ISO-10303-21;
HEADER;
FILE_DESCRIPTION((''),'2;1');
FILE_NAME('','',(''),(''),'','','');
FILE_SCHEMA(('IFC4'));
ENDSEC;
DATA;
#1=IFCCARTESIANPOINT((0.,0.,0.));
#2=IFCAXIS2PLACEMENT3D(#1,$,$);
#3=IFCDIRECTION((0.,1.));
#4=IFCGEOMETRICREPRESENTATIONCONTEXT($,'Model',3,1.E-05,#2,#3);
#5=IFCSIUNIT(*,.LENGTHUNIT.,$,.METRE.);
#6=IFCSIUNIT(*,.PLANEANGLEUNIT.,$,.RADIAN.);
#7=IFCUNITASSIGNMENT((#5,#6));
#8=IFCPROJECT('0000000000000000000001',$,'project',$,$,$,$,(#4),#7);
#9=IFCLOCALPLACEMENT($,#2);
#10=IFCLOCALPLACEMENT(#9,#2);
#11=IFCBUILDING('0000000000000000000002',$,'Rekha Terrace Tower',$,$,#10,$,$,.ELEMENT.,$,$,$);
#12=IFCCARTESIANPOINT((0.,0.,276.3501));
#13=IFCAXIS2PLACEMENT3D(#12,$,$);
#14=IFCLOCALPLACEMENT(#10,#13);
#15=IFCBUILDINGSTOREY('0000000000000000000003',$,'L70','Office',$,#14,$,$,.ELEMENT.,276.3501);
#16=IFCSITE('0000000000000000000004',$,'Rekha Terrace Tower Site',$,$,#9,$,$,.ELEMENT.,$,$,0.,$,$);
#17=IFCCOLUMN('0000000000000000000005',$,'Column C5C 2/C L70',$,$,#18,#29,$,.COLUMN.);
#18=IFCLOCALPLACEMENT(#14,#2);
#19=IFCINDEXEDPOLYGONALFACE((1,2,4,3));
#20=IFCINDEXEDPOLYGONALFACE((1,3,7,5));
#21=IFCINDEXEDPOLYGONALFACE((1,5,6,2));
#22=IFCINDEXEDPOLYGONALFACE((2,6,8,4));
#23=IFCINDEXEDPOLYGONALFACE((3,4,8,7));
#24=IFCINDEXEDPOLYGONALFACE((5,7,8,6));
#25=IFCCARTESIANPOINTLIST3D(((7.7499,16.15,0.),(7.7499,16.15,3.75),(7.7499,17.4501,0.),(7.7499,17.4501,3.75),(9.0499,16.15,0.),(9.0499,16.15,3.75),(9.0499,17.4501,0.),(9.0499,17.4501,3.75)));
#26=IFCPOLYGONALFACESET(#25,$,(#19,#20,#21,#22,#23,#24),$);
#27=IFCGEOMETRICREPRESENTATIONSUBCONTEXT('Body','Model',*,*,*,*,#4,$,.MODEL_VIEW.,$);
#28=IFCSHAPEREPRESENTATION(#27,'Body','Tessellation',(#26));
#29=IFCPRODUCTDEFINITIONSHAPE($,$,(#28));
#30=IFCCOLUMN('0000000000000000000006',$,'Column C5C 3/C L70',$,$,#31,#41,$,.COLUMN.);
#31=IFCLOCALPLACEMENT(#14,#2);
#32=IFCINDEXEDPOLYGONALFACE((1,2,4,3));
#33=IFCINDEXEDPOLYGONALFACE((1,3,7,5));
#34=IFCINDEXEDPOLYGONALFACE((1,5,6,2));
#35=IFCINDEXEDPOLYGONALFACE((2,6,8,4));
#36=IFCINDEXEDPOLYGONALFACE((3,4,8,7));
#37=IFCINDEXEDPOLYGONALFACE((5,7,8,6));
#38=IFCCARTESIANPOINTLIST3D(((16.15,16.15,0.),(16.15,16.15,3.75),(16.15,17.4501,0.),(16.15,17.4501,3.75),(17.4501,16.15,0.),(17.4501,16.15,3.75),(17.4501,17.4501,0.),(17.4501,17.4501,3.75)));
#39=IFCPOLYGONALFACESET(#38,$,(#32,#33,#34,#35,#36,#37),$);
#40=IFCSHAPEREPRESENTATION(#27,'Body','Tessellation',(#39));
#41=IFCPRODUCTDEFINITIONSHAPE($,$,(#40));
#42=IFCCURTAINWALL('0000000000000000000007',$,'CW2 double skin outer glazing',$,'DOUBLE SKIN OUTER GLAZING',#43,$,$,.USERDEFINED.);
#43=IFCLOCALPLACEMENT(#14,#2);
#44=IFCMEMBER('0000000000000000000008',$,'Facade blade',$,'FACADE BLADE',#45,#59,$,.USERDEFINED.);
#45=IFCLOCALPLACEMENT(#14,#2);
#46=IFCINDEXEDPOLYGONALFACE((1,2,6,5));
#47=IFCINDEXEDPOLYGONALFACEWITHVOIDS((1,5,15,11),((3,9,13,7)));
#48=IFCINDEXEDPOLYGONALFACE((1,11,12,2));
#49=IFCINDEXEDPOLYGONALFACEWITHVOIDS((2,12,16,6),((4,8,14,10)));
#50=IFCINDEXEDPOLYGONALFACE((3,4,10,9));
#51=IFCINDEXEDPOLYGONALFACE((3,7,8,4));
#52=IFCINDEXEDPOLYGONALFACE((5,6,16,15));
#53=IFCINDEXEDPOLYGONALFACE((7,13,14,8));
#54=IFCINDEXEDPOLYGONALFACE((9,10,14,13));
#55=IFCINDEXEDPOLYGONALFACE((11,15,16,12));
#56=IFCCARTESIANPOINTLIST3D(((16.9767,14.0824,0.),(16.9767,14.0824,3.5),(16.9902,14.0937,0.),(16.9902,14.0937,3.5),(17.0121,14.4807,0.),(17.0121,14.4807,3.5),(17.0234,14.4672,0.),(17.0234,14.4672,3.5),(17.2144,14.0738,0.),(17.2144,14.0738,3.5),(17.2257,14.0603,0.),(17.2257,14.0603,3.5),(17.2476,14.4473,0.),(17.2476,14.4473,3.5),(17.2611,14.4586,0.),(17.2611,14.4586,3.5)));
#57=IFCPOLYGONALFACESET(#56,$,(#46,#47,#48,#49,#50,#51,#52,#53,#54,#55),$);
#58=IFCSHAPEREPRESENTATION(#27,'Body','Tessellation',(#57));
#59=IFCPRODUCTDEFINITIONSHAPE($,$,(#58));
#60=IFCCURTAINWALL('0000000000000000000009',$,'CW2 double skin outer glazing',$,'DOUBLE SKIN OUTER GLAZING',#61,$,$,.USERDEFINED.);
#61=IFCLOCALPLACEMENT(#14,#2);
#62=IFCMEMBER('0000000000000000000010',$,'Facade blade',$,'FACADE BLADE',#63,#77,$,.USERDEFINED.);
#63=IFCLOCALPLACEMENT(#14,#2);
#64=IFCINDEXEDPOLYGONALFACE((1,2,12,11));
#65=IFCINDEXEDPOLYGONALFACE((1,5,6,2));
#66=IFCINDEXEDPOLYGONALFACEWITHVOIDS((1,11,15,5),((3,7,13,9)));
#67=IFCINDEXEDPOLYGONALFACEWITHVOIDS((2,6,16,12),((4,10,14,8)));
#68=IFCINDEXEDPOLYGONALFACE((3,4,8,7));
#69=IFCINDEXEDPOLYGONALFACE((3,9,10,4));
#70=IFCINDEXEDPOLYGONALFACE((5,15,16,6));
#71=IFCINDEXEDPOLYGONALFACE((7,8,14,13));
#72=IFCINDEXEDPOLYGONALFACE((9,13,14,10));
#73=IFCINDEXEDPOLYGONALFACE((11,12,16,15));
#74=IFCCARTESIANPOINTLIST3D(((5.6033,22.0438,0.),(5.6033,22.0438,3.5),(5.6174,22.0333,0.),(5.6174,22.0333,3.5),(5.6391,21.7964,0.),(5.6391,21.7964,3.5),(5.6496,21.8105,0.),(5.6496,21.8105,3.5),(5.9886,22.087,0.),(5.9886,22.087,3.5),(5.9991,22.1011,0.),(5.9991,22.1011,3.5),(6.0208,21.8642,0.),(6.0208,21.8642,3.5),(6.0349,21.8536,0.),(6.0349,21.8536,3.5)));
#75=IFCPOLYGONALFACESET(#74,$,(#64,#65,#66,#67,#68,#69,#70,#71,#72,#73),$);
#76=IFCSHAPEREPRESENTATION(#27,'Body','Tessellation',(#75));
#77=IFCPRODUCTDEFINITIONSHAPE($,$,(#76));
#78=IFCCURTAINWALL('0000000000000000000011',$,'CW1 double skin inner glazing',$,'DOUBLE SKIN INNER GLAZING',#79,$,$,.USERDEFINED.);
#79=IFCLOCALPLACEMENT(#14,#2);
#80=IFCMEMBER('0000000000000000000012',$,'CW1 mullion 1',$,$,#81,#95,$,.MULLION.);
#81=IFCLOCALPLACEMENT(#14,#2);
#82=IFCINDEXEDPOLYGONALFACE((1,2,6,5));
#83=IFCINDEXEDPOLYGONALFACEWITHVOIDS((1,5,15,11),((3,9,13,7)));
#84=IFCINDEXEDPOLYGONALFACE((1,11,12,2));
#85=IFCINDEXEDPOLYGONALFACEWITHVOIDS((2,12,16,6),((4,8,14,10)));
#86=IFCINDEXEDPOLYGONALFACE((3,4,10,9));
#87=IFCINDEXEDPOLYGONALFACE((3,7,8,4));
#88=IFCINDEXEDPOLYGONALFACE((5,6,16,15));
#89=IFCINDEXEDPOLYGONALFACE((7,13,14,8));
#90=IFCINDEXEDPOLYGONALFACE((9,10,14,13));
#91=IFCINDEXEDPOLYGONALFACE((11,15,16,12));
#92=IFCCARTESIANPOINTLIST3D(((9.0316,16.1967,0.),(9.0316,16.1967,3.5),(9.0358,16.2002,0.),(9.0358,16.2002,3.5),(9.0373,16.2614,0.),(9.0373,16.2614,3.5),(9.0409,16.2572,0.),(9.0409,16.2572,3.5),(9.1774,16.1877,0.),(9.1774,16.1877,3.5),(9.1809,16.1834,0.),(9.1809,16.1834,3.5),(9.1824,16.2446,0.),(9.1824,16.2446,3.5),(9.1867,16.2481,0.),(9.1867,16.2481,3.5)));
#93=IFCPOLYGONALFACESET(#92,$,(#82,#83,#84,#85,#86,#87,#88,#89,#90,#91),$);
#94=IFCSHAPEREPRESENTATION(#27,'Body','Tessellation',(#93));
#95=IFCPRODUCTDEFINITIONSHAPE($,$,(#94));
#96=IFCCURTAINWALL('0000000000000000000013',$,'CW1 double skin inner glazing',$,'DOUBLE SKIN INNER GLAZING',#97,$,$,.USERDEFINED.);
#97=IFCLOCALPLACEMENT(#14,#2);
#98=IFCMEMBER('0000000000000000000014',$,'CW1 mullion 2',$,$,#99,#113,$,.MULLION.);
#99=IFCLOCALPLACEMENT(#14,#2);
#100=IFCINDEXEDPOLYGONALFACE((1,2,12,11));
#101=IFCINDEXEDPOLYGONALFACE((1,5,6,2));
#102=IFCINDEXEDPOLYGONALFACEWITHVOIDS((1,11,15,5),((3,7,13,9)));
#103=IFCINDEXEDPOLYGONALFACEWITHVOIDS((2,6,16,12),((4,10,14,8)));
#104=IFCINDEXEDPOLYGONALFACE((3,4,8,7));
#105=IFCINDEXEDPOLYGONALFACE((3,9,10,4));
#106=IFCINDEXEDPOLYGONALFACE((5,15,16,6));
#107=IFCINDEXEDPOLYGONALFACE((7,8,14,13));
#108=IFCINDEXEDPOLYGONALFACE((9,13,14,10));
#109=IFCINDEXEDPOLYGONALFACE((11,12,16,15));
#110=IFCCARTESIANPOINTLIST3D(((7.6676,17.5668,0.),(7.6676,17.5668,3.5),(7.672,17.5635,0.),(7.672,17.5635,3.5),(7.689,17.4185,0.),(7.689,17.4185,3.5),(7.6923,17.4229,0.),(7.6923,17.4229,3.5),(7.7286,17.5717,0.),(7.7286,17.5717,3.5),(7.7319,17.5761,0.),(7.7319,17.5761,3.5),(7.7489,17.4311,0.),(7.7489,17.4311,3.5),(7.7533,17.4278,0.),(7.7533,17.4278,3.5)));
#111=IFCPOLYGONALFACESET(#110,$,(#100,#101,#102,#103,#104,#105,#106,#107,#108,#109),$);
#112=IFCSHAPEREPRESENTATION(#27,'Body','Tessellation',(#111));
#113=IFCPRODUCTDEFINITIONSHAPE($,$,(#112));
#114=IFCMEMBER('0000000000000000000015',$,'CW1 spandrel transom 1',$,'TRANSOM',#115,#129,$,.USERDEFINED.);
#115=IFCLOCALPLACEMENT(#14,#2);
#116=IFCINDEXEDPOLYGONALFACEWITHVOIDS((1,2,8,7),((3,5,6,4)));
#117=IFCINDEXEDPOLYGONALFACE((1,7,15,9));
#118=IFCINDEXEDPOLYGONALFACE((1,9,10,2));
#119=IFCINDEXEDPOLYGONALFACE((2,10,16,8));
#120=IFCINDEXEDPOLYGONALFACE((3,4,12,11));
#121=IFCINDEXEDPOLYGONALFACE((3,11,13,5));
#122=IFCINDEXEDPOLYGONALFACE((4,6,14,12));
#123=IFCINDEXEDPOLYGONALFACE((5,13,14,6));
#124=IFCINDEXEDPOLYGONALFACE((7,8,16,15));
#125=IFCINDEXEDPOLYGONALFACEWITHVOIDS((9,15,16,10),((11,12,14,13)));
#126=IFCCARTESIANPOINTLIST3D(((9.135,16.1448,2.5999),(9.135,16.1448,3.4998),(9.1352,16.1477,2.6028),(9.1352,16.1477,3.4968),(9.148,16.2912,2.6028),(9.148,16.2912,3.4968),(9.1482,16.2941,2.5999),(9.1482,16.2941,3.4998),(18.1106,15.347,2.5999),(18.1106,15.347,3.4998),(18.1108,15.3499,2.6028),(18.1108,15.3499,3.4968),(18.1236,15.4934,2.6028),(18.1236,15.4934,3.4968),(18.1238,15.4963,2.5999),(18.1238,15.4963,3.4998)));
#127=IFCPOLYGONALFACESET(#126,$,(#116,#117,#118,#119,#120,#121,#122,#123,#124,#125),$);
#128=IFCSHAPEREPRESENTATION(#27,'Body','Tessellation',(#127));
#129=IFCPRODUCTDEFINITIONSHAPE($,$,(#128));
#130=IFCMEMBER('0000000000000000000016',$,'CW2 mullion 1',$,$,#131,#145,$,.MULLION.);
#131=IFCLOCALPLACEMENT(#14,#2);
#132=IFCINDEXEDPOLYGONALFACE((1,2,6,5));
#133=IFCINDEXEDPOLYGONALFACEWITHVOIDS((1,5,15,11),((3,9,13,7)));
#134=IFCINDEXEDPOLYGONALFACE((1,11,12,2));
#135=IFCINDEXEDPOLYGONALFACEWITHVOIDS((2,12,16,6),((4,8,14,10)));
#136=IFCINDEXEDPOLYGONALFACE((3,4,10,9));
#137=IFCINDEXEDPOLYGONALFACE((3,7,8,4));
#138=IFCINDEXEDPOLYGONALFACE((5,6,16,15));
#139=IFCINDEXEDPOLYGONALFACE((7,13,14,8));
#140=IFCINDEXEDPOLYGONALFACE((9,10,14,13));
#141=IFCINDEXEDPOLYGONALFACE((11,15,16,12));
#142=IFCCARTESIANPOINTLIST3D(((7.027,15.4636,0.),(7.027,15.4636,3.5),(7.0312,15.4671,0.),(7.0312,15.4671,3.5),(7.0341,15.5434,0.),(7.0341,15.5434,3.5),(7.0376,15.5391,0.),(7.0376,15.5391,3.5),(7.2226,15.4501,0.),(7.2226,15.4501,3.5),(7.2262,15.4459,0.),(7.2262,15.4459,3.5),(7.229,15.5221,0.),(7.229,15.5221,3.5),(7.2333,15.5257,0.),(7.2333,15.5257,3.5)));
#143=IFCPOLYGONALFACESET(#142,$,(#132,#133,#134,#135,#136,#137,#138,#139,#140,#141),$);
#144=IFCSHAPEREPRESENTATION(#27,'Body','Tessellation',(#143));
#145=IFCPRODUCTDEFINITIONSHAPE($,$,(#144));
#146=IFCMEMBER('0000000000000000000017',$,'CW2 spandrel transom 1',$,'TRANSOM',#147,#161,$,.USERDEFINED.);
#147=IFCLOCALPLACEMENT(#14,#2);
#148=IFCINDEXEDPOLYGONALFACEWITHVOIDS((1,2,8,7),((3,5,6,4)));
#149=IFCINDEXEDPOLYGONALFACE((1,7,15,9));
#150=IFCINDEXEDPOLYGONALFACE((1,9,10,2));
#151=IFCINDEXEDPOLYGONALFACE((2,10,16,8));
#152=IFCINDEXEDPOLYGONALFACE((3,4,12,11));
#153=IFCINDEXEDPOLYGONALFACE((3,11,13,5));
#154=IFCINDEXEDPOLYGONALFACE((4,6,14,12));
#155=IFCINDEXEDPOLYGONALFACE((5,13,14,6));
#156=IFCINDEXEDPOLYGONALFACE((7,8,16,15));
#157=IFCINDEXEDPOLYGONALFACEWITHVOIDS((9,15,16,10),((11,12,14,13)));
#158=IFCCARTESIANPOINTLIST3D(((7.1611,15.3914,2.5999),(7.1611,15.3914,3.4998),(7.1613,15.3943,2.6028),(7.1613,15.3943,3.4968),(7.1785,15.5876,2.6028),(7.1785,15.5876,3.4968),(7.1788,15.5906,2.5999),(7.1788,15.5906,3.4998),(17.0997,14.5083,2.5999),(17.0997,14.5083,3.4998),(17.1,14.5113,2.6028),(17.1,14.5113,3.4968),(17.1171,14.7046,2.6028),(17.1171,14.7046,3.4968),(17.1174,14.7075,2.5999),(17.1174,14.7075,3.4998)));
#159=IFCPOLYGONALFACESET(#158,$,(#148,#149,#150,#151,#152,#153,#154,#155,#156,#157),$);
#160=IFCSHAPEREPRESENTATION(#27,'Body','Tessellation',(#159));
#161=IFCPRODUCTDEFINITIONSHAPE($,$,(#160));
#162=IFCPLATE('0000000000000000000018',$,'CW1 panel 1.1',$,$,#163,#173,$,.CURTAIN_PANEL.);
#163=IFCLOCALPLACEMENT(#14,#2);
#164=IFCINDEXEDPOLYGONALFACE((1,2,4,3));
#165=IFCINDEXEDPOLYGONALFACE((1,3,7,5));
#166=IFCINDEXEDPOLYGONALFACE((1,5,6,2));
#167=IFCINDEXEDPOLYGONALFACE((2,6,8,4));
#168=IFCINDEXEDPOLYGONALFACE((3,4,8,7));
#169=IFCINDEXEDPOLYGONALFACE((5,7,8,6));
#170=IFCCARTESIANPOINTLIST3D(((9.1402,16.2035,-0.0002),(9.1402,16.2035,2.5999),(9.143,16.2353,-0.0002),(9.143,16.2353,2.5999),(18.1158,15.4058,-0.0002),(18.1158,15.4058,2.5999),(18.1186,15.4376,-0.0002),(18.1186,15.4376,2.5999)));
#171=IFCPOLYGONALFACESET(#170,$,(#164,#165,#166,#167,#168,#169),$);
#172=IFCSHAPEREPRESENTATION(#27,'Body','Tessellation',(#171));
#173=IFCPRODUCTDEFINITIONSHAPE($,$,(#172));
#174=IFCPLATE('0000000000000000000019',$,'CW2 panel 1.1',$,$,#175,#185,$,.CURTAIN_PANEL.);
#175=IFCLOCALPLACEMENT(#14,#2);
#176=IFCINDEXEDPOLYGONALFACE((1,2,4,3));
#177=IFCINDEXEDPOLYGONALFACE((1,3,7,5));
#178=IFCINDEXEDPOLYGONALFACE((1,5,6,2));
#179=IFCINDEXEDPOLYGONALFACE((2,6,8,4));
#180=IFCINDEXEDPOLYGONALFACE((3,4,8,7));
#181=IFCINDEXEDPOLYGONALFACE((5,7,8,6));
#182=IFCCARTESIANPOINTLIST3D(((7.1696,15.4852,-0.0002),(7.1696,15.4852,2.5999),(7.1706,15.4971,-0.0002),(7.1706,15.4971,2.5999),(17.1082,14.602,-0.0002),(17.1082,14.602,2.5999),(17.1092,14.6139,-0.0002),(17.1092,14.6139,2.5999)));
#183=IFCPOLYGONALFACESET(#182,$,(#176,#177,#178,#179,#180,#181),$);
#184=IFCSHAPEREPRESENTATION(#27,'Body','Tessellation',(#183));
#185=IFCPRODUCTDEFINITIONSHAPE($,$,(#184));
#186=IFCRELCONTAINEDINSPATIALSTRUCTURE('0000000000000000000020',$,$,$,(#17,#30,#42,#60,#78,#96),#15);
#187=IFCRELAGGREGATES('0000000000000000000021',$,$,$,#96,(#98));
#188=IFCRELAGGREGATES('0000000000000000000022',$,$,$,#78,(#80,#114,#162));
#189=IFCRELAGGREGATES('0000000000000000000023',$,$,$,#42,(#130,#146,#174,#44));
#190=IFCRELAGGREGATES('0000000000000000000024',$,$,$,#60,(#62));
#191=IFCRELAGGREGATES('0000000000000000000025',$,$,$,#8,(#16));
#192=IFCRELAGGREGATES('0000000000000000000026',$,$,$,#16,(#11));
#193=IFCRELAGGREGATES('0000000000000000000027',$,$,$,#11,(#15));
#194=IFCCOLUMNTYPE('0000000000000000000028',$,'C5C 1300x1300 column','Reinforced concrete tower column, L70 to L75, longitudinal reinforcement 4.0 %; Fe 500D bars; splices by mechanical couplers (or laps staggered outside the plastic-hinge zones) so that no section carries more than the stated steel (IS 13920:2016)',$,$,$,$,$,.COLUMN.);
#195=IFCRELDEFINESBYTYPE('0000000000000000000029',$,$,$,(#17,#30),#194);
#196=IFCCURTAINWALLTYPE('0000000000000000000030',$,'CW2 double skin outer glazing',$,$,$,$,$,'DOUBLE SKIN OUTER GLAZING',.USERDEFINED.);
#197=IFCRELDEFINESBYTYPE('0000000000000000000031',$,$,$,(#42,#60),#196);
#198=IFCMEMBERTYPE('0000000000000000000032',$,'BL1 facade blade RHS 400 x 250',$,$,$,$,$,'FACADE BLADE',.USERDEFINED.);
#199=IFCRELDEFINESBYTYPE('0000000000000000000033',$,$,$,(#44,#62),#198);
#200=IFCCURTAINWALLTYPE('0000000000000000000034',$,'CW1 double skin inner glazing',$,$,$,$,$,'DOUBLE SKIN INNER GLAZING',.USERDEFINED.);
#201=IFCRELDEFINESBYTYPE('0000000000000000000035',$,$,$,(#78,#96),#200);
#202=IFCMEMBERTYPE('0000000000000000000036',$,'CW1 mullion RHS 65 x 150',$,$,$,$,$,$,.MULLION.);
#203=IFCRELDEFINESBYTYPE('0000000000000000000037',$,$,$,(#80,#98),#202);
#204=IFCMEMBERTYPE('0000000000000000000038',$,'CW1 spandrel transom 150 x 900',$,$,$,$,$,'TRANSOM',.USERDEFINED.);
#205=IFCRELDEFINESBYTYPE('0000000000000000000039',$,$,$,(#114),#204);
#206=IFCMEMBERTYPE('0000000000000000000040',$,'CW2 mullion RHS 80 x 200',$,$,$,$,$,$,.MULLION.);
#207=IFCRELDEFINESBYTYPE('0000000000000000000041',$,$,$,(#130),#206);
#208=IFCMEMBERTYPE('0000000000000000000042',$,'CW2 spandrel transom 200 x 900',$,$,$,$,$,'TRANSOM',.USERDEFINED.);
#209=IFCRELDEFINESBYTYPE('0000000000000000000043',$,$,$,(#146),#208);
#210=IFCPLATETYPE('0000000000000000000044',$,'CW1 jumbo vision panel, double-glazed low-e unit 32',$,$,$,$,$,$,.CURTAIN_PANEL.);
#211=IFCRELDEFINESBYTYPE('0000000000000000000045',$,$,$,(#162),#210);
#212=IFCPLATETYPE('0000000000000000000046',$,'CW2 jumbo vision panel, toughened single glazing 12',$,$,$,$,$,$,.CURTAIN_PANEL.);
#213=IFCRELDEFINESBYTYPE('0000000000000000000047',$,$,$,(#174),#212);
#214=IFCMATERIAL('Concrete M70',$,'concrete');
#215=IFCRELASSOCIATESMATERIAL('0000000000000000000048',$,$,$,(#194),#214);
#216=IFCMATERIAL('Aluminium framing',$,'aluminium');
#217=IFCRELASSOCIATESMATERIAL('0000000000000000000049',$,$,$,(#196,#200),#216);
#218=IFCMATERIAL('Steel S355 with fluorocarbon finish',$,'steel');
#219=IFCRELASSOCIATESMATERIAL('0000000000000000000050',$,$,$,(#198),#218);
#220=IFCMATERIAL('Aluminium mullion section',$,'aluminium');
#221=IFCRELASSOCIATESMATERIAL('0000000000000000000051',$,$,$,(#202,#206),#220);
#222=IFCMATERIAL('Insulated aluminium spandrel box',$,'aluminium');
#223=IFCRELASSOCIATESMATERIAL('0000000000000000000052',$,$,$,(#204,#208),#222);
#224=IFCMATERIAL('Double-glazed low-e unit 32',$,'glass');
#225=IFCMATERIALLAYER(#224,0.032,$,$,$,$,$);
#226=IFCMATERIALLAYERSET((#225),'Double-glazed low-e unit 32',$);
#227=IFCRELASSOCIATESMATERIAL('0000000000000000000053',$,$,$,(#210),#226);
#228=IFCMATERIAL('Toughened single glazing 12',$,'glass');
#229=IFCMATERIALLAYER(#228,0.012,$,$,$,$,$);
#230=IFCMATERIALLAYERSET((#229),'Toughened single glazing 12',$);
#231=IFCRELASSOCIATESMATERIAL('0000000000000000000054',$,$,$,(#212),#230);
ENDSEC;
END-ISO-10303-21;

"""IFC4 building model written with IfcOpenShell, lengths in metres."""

from ifc_helpers import new_model, si_unit, direction, frame, origin, origin_2d, place, context, subcontext, project, spatial, rectangle, hollow_rectangle, extrude, material, layer, layer_set, material_profile, profile_set, type_object, element, aggregate, save


model = new_model("IFC4")

# Units and contexts
model_context = context("Model", 3, precision=1e-05, world=origin(), true_north=direction((0.0, 1.0)))
body_context = subcontext(model_context, "Body", "Model", "MODEL_VIEW")
ifc_project = project(units=[si_unit("LENGTHUNIT", "METRE"), si_unit("PLANEANGLEUNIT", "RADIAN")], contexts=[model_context])

# Site, building, storey
site_placement = place(None, origin())
site = spatial("IfcSite", under=ifc_project, at=site_placement, Name="Rekha Terrace Tower Site", CompositionType="ELEMENT", RefElevation=0.0)
building_placement = place(site_placement, origin())
building = spatial("IfcBuilding", under=site, at=building_placement, Name="Rekha Terrace Tower", CompositionType="ELEMENT")
storey_placement = place(building_placement, frame((0.0, 0.0, 276.3501)))
storey = spatial("IfcBuildingStorey", under=building, at=storey_placement, Name="L70", Description="Office", CompositionType="ELEMENT", Elevation=276.3501)

# Columns
ifc_material_1 = material(Name="Concrete M70", Category="concrete")
ifc_material_profile_1 = material_profile(ifc_material_1, rectangle(XDim=1.3, YDim=1.3, at=origin_2d()), Name="RC 1300x1300")
ifc_profile_set_1 = profile_set([ifc_material_profile_1], Name="Concrete M70")
column_type = type_object("IfcColumnType", Name="C5C 1300x1300 column", Description="Reinforced concrete tower column, L70 to L75, longitudinal reinforcement 4.0 %; Fe 500D bars; splices by mechanical couplers (or laps staggered outside the plastic-hinge zones) so that no section carries more than the stated steel (IS 13920:2016)", PredefinedType="COLUMN", material=ifc_profile_set_1)
for number, where, z_axis, x_axis, name in (
    (1, (8.3999, 16.8, 0.0), (0.0, 0.0, 1.0), (1.0, 0.0, 0.0), "Column C5C 2/C L70"),
    (2, (16.8, 16.8, 0.0), (0.0, 0.0, 1.0), (1.0, 0.0, 0.0), "Column C5C 3/C L70"),
):
    element("IfcColumn", number, at=place(storey_placement, frame(where, z_axis=z_axis, x_axis=x_axis)), inside=storey, type_object=column_type, Name=name, PredefinedType="COLUMN", context=body_context, shape_type="SweptSolid", body=[
        extrude(rectangle(XDim=1.3, YDim=1.3, at=origin_2d()), origin(), (0.0, 0.0, 1.0), 3.75),
    ])

# Curtain walls, members
ifc_material_2 = material(Name="Aluminium framing", Category="aluminium")
curtain_wall_type_1 = type_object("IfcCurtainWallType", Name="CW2 double skin outer glazing", ElementType="DOUBLE SKIN OUTER GLAZING", PredefinedType="USERDEFINED", material=ifc_material_2)
curtain_wall_1_placement = place(storey_placement, origin())
curtain_wall_1 = element("IfcCurtainWall", 3, at=curtain_wall_1_placement, inside=storey, type_object=curtain_wall_type_1, Name="CW2 double skin outer glazing", ObjectType="DOUBLE SKIN OUTER GLAZING", PredefinedType="USERDEFINED")
ifc_material_3 = material(Name="Steel S355 with fluorocarbon finish", Category="steel")
ifc_material_profile_2 = material_profile(ifc_material_3, hollow_rectangle(XDim=0.25, YDim=0.3999, WallThickness=0.0125, at=origin_2d()), Name="RHS400x250x12.5")
ifc_profile_set_2 = profile_set([ifc_material_profile_2], Name="Steel S355 with fluorocarbon finish")
member_type_1 = type_object("IfcMemberType", Name="BL1 facade blade RHS 400 x 250", ElementType="FACADE BLADE", PredefinedType="USERDEFINED", material=ifc_profile_set_2)
member_1_placement = place(storey_placement, frame((17.1189, 14.2705, 0.0), z_axis=(0.0, 0.0, 1.0), x_axis=(0.996074, -0.088522, 0.0)))
member_1 = element("IfcMember", 4, at=member_1_placement, type_object=member_type_1, Name="Facade blade", ObjectType="FACADE BLADE", PredefinedType="USERDEFINED", context=body_context, shape_type="SweptSolid", body=[
    extrude(hollow_rectangle(XDim=0.25, YDim=0.3999, WallThickness=0.0125, at=origin_2d()), origin(), (0.0, 0.0, 1.0), 3.5),
])
curtain_wall_2_placement = place(storey_placement, origin())
curtain_wall_2 = element("IfcCurtainWall", 5, at=curtain_wall_2_placement, inside=storey, type_object=curtain_wall_type_1, Name="CW2 double skin outer glazing", ObjectType="DOUBLE SKIN OUTER GLAZING", PredefinedType="USERDEFINED")
member_2_placement = place(storey_placement, frame((5.8191, 21.9487, 0.0), z_axis=(0.0, 0.0, 1.0), x_axis=(0.143109, -0.989707, 0.0)))
member_2 = element("IfcMember", 6, at=member_2_placement, type_object=member_type_1, Name="Facade blade", ObjectType="FACADE BLADE", PredefinedType="USERDEFINED", context=body_context, shape_type="SweptSolid", body=[
    extrude(hollow_rectangle(XDim=0.25, YDim=0.3999, WallThickness=0.0125, at=origin_2d()), origin(), (0.0, 0.0, 1.0), 3.5),
])
curtain_wall_type_2 = type_object("IfcCurtainWallType", Name="CW1 double skin inner glazing", ElementType="DOUBLE SKIN INNER GLAZING", PredefinedType="USERDEFINED", material=ifc_material_2)
curtain_wall_3_placement = place(storey_placement, origin())
curtain_wall_3 = element("IfcCurtainWall", 7, at=curtain_wall_3_placement, inside=storey, type_object=curtain_wall_type_2, Name="CW1 double skin inner glazing", ObjectType="DOUBLE SKIN INNER GLAZING", PredefinedType="USERDEFINED")
ifc_material_4 = material(Name="Aluminium mullion section", Category="aluminium")
ifc_material_profile_3 = material_profile(ifc_material_4, hollow_rectangle(XDim=0.0649, YDim=0.1499, WallThickness=0.0039, at=origin_2d()), Name="AL RHS 65x150")
ifc_profile_set_3 = profile_set([ifc_material_profile_3], Name="Aluminium mullion section")
member_type_2 = type_object("IfcMemberType", Name="CW1 mullion RHS 65 x 150", PredefinedType="MULLION", material=ifc_profile_set_3)
member_3_placement = place(storey_placement, frame((9.1091, 16.2224, 0.0), z_axis=(0.0, 0.0, 1.0), x_axis=(0.088522, 0.996074, 0.0)))
member_3 = element("IfcMember", 8, at=member_3_placement, type_object=member_type_2, Name="CW1 mullion 1", PredefinedType="MULLION", context=body_context, shape_type="SweptSolid", body=[
    extrude(hollow_rectangle(XDim=0.0649, YDim=0.1499, WallThickness=0.0039, at=origin_2d()), origin(), (0.0, 0.0, 1.0), 3.5),
])
curtain_wall_4_placement = place(storey_placement, origin())
curtain_wall_4 = element("IfcCurtainWall", 9, at=curtain_wall_4_placement, inside=storey, type_object=curtain_wall_type_2, Name="CW1 double skin inner glazing", ObjectType="DOUBLE SKIN INNER GLAZING", PredefinedType="USERDEFINED")
member_4_placement = place(storey_placement, frame((7.7104, 17.4973, 0.0), z_axis=(0.0, 0.0, 1.0), x_axis=(0.989707, 0.143108, 0.0)))
member_4 = element("IfcMember", 10, at=member_4_placement, type_object=member_type_2, Name="CW1 mullion 2", PredefinedType="MULLION", context=body_context, shape_type="SweptSolid", body=[
    extrude(hollow_rectangle(XDim=0.0649, YDim=0.1499, WallThickness=0.0039, at=origin_2d()), origin(), (0.0, 0.0, 1.0), 3.5),
])
aggregate(curtain_wall_4, [member_4])

# Members
ifc_material_5 = material(Name="Insulated aluminium spandrel box", Category="aluminium")
ifc_material_profile_4 = material_profile(ifc_material_5, hollow_rectangle(XDim=0.1499, YDim=0.8999, WallThickness=0.0029, at=origin_2d()), Name="AL SPANDREL BOX 150x900")
ifc_profile_set_4 = profile_set([ifc_material_profile_4], Name="Insulated aluminium spandrel box")
member_type_3 = type_object("IfcMemberType", Name="CW1 spandrel transom 150 x 900", ElementType="TRANSOM", PredefinedType="USERDEFINED", material=ifc_profile_set_4)
member_5_placement = place(storey_placement, frame((9.1416, 16.2195, 3.0498), z_axis=(0.996072, -0.088542, 0.0), x_axis=(0.088542, 0.996072, 0.0)))
member_5 = element("IfcMember", 11, at=member_5_placement, type_object=member_type_3, Name="CW1 spandrel transom 1", ObjectType="TRANSOM", PredefinedType="USERDEFINED", context=body_context, shape_type="SweptSolid", body=[
    extrude(hollow_rectangle(XDim=0.1499, YDim=0.8999, WallThickness=0.0029, at=origin_2d()), origin(), (0.0, 0.0, 1.0), 9.011),
])
ifc_material_profile_5 = material_profile(ifc_material_4, hollow_rectangle(XDim=0.0801, YDim=0.2, WallThickness=0.0039, at=origin_2d()), Name="AL RHS 80x200")
ifc_profile_set_5 = profile_set([ifc_material_profile_5], Name="Aluminium mullion section")
member_type_4 = type_object("IfcMemberType", Name="CW2 mullion RHS 80 x 200", PredefinedType="MULLION", material=ifc_profile_set_5)
member_6_placement = place(storey_placement, frame((7.1301, 15.4946, 0.0), z_axis=(0.0, 0.0, 1.0), x_axis=(0.088522, 0.996074, 0.0)))
member_6 = element("IfcMember", 12, at=member_6_placement, type_object=member_type_4, Name="CW2 mullion 1", PredefinedType="MULLION", context=body_context, shape_type="SweptSolid", body=[
    extrude(hollow_rectangle(XDim=0.0801, YDim=0.2, WallThickness=0.0039, at=origin_2d()), origin(), (0.0, 0.0, 1.0), 3.5),
])
ifc_material_profile_6 = material_profile(ifc_material_5, hollow_rectangle(XDim=0.2, YDim=0.8999, WallThickness=0.0029, at=origin_2d()), Name="AL SPANDREL BOX 200x900")
ifc_profile_set_6 = profile_set([ifc_material_profile_6], Name="Insulated aluminium spandrel box")
member_type_5 = type_object("IfcMemberType", Name="CW2 spandrel transom 200 x 900", ElementType="TRANSOM", PredefinedType="USERDEFINED", material=ifc_profile_set_6)
member_7_placement = place(storey_placement, frame((7.1699, 15.491, 3.0498), z_axis=(0.996076, -0.088501, 0.0), x_axis=(0.088501, 0.996076, 0.0)))
member_7 = element("IfcMember", 13, at=member_7_placement, type_object=member_type_5, Name="CW2 spandrel transom 1", ObjectType="TRANSOM", PredefinedType="USERDEFINED", context=body_context, shape_type="SweptSolid", body=[
    extrude(hollow_rectangle(XDim=0.2, YDim=0.8999, WallThickness=0.0029, at=origin_2d()), origin(), (0.0, 0.0, 1.0), 9.9778),
])

# Plates
ifc_material_6 = material(Name="Double-glazed low-e unit 32", Category="glass")
ifc_layer_1 = layer(ifc_material_6, 0.032)
ifc_layer_set_1 = layer_set([ifc_layer_1], Name="Double-glazed low-e unit 32")
plate_type_1 = type_object("IfcPlateType", Name="CW1 jumbo vision panel, double-glazed low-e unit 32", PredefinedType="CURTAIN_PANEL", material=ifc_layer_set_1)
plate_1_placement = place(storey_placement, frame((13.6294, 15.8206, -0.0002), z_axis=(0.0, 0.0, 1.0), x_axis=(0.996074, -0.088522, 0.0)))
plate_1 = element("IfcPlate", 14, at=plate_1_placement, type_object=plate_type_1, Name="CW1 panel 1.1", PredefinedType="CURTAIN_PANEL", context=body_context, shape_type="SweptSolid", body=[
    extrude(rectangle(XDim=9.011, YDim=0.032, at=origin_2d()), origin(), (0.0, 0.0, 1.0), 2.6001),
])
aggregate(curtain_wall_3, [member_3, member_5, plate_1])
ifc_material_7 = material(Name="Toughened single glazing 12", Category="glass")
ifc_layer_2 = layer(ifc_material_7, 0.012)
ifc_layer_set_2 = layer_set([ifc_layer_2], Name="Toughened single glazing 12")
plate_type_2 = type_object("IfcPlateType", Name="CW2 jumbo vision panel, toughened single glazing 12", PredefinedType="CURTAIN_PANEL", material=ifc_layer_set_2)
plate_2_placement = place(storey_placement, frame((12.1394, 15.0496, -0.0002), z_axis=(0.0, 0.0, 1.0), x_axis=(0.996074, -0.088522, 0.0)))
plate_2 = element("IfcPlate", 15, at=plate_2_placement, type_object=plate_type_2, Name="CW2 panel 1.1", PredefinedType="CURTAIN_PANEL", context=body_context, shape_type="SweptSolid", body=[
    extrude(rectangle(XDim=9.9778, YDim=0.012, at=origin_2d()), origin(), (0.0, 0.0, 1.0), 2.6001),
])
aggregate(curtain_wall_1, [member_6, member_7, plate_2, member_1])
aggregate(curtain_wall_2, [member_2])

save(model, "model.ifc")
